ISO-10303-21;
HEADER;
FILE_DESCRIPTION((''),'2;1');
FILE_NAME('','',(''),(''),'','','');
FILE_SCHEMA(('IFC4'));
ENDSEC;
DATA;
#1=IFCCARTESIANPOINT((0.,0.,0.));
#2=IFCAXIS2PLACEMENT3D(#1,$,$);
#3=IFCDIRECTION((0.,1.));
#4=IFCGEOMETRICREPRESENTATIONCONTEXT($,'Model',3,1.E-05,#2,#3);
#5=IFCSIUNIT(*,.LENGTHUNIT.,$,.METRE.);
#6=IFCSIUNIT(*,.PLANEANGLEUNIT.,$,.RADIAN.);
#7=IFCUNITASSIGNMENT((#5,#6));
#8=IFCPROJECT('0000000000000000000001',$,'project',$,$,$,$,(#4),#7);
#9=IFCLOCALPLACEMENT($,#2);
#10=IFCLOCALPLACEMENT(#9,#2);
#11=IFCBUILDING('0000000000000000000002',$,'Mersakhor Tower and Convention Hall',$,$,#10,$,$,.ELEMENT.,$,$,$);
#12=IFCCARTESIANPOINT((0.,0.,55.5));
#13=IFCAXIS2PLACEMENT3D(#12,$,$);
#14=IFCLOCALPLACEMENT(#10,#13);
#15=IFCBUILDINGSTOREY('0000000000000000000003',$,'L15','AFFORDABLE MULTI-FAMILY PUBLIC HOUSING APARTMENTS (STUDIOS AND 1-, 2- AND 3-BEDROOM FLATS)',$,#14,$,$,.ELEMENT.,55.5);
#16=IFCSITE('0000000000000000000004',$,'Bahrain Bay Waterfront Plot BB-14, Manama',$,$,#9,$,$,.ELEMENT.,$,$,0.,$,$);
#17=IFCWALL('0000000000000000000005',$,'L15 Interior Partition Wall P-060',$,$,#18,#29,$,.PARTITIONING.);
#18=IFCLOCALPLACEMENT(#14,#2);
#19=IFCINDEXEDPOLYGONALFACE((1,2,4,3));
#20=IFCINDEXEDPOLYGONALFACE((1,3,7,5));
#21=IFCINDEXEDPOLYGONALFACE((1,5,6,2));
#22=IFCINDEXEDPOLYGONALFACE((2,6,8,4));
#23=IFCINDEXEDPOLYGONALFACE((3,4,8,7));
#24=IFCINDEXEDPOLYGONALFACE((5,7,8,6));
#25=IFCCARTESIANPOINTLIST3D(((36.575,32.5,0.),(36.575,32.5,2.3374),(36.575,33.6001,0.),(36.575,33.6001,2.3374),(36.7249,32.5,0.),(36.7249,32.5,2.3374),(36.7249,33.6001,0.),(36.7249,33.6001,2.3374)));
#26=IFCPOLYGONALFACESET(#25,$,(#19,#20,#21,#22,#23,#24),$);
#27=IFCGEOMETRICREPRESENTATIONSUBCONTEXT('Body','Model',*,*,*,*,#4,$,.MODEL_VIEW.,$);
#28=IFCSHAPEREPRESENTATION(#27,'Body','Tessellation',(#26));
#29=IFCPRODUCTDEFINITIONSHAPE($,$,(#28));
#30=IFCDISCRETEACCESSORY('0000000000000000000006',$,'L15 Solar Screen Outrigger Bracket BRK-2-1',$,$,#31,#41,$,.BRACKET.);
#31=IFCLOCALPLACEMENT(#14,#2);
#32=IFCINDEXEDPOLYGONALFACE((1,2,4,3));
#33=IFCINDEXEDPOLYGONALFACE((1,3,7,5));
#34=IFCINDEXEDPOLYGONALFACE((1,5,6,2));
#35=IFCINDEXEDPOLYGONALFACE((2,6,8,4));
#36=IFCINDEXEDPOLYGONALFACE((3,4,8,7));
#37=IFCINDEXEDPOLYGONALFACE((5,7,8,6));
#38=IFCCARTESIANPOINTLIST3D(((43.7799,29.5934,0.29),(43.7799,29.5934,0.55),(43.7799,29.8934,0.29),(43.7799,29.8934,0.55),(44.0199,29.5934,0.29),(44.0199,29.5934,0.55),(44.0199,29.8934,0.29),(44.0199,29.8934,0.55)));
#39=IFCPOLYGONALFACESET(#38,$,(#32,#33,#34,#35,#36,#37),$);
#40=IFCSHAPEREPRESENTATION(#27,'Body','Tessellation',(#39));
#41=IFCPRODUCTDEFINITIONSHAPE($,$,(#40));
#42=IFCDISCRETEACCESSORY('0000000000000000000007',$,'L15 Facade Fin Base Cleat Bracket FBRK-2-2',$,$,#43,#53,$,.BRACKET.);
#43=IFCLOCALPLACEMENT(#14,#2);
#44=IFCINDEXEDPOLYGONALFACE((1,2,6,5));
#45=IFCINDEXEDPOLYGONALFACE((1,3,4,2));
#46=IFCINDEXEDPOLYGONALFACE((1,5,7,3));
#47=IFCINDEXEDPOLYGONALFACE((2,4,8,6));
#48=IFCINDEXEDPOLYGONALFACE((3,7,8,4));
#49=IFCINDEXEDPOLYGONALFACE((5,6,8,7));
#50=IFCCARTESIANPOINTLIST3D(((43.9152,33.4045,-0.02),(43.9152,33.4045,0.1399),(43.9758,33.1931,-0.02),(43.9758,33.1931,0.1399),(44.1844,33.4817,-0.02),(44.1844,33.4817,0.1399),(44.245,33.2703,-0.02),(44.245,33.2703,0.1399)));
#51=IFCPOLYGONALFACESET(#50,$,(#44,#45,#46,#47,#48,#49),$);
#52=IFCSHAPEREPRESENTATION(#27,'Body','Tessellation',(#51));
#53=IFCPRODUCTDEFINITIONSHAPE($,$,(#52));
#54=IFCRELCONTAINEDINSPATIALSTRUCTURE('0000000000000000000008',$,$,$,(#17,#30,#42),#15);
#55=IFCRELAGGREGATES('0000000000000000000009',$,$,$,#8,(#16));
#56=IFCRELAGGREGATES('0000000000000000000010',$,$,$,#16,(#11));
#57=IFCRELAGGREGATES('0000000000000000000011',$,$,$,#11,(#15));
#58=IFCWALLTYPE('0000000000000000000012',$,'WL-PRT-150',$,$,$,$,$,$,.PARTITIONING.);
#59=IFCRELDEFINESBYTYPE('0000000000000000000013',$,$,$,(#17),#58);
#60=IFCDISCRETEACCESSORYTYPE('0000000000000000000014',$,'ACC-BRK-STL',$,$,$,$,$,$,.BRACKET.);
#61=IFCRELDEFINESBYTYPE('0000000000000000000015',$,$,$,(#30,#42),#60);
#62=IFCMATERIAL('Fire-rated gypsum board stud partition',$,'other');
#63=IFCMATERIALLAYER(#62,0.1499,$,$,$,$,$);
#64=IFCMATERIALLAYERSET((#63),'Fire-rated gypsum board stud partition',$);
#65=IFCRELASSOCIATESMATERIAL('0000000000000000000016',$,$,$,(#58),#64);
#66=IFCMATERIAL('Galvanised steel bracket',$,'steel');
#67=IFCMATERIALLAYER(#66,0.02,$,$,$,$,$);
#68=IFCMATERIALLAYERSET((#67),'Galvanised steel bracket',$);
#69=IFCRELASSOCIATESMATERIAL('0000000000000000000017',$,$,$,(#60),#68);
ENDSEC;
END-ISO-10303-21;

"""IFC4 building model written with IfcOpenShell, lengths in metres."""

from ifc_helpers import new_model, si_unit, direction, frame, frame_2d, origin, origin_2d, place, context, subcontext, project, spatial, rectangle, extrude, material, layer, layer_set, type_object, element, save


model = new_model("IFC4")

# Units and contexts
model_context = context("Model", 3, precision=1e-05, world=origin(), true_north=direction((0.0, 1.0)))
body_context = subcontext(model_context, "Body", "Model", "MODEL_VIEW")
ifc_project = project(units=[si_unit("LENGTHUNIT", "METRE"), si_unit("PLANEANGLEUNIT", "RADIAN")], contexts=[model_context])

# Site, building, storey
site_placement = place(None, origin())
site = spatial("IfcSite", under=ifc_project, at=site_placement, Name="Bahrain Bay Waterfront Plot BB-14, Manama", CompositionType="ELEMENT", RefElevation=0.0)
building_placement = place(site_placement, origin())
building = spatial("IfcBuilding", under=site, at=building_placement, Name="Mersakhor Tower and Convention Hall", CompositionType="ELEMENT")
storey_placement = place(building_placement, frame((0.0, 0.0, 55.5)))
storey = spatial("IfcBuildingStorey", under=building, at=storey_placement, Name="L15", Description="AFFORDABLE MULTI-FAMILY PUBLIC HOUSING APARTMENTS (STUDIOS AND 1-, 2- AND 3-BEDROOM FLATS)", CompositionType="ELEMENT", Elevation=55.5)

# Wall
ifc_material_1 = material(Name="Fire-rated gypsum board stud partition", Category="other")
ifc_layer_1 = layer(ifc_material_1, 0.1499)
ifc_layer_set_1 = layer_set([ifc_layer_1], Name="Fire-rated gypsum board stud partition")
wall_type_1 = type_object("IfcWallType", Name="WL-PRT-150", PredefinedType="PARTITIONING", material=ifc_layer_set_1)
wall_1_placement = place(storey_placement, frame((36.6499, 32.5, 0.0), z_axis=(0.0, 0.0, 1.0), x_axis=(0.0, 1.0, 0.0)))
element("IfcWall", 1, at=wall_1_placement, inside=storey, type_object=wall_type_1, Name="L15 Interior Partition Wall P-060", PredefinedType="PARTITIONING", context=body_context, shape_type="SweptSolid", body=[
    extrude(rectangle(XDim=1.1001, YDim=0.1499, at=frame_2d((0.55, 0.0))), origin(), (0.0, 0.0, 1.0), 2.3374),
])

# Discrete accessories
ifc_material_2 = material(Name="Galvanised steel bracket", Category="steel")
ifc_layer_2 = layer(ifc_material_2, 0.02)
ifc_layer_set_2 = layer_set([ifc_layer_2], Name="Galvanised steel bracket")
discrete_accessory_type = type_object("IfcDiscreteAccessoryType", Name="ACC-BRK-STL", PredefinedType="BRACKET", material=ifc_layer_set_2)
discrete_accessory_1_placement = place(storey_placement, frame((43.8999, 29.7434, 0.29), z_axis=(0.0, 0.0, 1.0), x_axis=(0.0, -1.0, 0.0)))
element("IfcDiscreteAccessory", 2, at=discrete_accessory_1_placement, inside=storey, type_object=discrete_accessory_type, Name="L15 Solar Screen Outrigger Bracket BRK-2-1", PredefinedType="BRACKET", context=body_context, shape_type="SweptSolid", body=[
    extrude(rectangle(XDim=0.3, YDim=0.24, at=origin_2d()), origin(), (0.0, 0.0, 1.0), 0.26),
])
discrete_accessory_2_placement = place(storey_placement, frame((44.0801, 33.3374, -0.02), z_axis=(0.0, 0.0, 1.0), x_axis=(0.961262, 0.275637, 0.0)))
element("IfcDiscreteAccessory", 3, at=discrete_accessory_2_placement, inside=storey, type_object=discrete_accessory_type, Name="L15 Facade Fin Base Cleat Bracket FBRK-2-2", PredefinedType="BRACKET", context=body_context, shape_type="SweptSolid", body=[
    extrude(rectangle(XDim=0.28, YDim=0.22, at=origin_2d()), origin(), (0.0, 0.0, 1.0), 0.1599),
])

save(model, "model.ifc")
